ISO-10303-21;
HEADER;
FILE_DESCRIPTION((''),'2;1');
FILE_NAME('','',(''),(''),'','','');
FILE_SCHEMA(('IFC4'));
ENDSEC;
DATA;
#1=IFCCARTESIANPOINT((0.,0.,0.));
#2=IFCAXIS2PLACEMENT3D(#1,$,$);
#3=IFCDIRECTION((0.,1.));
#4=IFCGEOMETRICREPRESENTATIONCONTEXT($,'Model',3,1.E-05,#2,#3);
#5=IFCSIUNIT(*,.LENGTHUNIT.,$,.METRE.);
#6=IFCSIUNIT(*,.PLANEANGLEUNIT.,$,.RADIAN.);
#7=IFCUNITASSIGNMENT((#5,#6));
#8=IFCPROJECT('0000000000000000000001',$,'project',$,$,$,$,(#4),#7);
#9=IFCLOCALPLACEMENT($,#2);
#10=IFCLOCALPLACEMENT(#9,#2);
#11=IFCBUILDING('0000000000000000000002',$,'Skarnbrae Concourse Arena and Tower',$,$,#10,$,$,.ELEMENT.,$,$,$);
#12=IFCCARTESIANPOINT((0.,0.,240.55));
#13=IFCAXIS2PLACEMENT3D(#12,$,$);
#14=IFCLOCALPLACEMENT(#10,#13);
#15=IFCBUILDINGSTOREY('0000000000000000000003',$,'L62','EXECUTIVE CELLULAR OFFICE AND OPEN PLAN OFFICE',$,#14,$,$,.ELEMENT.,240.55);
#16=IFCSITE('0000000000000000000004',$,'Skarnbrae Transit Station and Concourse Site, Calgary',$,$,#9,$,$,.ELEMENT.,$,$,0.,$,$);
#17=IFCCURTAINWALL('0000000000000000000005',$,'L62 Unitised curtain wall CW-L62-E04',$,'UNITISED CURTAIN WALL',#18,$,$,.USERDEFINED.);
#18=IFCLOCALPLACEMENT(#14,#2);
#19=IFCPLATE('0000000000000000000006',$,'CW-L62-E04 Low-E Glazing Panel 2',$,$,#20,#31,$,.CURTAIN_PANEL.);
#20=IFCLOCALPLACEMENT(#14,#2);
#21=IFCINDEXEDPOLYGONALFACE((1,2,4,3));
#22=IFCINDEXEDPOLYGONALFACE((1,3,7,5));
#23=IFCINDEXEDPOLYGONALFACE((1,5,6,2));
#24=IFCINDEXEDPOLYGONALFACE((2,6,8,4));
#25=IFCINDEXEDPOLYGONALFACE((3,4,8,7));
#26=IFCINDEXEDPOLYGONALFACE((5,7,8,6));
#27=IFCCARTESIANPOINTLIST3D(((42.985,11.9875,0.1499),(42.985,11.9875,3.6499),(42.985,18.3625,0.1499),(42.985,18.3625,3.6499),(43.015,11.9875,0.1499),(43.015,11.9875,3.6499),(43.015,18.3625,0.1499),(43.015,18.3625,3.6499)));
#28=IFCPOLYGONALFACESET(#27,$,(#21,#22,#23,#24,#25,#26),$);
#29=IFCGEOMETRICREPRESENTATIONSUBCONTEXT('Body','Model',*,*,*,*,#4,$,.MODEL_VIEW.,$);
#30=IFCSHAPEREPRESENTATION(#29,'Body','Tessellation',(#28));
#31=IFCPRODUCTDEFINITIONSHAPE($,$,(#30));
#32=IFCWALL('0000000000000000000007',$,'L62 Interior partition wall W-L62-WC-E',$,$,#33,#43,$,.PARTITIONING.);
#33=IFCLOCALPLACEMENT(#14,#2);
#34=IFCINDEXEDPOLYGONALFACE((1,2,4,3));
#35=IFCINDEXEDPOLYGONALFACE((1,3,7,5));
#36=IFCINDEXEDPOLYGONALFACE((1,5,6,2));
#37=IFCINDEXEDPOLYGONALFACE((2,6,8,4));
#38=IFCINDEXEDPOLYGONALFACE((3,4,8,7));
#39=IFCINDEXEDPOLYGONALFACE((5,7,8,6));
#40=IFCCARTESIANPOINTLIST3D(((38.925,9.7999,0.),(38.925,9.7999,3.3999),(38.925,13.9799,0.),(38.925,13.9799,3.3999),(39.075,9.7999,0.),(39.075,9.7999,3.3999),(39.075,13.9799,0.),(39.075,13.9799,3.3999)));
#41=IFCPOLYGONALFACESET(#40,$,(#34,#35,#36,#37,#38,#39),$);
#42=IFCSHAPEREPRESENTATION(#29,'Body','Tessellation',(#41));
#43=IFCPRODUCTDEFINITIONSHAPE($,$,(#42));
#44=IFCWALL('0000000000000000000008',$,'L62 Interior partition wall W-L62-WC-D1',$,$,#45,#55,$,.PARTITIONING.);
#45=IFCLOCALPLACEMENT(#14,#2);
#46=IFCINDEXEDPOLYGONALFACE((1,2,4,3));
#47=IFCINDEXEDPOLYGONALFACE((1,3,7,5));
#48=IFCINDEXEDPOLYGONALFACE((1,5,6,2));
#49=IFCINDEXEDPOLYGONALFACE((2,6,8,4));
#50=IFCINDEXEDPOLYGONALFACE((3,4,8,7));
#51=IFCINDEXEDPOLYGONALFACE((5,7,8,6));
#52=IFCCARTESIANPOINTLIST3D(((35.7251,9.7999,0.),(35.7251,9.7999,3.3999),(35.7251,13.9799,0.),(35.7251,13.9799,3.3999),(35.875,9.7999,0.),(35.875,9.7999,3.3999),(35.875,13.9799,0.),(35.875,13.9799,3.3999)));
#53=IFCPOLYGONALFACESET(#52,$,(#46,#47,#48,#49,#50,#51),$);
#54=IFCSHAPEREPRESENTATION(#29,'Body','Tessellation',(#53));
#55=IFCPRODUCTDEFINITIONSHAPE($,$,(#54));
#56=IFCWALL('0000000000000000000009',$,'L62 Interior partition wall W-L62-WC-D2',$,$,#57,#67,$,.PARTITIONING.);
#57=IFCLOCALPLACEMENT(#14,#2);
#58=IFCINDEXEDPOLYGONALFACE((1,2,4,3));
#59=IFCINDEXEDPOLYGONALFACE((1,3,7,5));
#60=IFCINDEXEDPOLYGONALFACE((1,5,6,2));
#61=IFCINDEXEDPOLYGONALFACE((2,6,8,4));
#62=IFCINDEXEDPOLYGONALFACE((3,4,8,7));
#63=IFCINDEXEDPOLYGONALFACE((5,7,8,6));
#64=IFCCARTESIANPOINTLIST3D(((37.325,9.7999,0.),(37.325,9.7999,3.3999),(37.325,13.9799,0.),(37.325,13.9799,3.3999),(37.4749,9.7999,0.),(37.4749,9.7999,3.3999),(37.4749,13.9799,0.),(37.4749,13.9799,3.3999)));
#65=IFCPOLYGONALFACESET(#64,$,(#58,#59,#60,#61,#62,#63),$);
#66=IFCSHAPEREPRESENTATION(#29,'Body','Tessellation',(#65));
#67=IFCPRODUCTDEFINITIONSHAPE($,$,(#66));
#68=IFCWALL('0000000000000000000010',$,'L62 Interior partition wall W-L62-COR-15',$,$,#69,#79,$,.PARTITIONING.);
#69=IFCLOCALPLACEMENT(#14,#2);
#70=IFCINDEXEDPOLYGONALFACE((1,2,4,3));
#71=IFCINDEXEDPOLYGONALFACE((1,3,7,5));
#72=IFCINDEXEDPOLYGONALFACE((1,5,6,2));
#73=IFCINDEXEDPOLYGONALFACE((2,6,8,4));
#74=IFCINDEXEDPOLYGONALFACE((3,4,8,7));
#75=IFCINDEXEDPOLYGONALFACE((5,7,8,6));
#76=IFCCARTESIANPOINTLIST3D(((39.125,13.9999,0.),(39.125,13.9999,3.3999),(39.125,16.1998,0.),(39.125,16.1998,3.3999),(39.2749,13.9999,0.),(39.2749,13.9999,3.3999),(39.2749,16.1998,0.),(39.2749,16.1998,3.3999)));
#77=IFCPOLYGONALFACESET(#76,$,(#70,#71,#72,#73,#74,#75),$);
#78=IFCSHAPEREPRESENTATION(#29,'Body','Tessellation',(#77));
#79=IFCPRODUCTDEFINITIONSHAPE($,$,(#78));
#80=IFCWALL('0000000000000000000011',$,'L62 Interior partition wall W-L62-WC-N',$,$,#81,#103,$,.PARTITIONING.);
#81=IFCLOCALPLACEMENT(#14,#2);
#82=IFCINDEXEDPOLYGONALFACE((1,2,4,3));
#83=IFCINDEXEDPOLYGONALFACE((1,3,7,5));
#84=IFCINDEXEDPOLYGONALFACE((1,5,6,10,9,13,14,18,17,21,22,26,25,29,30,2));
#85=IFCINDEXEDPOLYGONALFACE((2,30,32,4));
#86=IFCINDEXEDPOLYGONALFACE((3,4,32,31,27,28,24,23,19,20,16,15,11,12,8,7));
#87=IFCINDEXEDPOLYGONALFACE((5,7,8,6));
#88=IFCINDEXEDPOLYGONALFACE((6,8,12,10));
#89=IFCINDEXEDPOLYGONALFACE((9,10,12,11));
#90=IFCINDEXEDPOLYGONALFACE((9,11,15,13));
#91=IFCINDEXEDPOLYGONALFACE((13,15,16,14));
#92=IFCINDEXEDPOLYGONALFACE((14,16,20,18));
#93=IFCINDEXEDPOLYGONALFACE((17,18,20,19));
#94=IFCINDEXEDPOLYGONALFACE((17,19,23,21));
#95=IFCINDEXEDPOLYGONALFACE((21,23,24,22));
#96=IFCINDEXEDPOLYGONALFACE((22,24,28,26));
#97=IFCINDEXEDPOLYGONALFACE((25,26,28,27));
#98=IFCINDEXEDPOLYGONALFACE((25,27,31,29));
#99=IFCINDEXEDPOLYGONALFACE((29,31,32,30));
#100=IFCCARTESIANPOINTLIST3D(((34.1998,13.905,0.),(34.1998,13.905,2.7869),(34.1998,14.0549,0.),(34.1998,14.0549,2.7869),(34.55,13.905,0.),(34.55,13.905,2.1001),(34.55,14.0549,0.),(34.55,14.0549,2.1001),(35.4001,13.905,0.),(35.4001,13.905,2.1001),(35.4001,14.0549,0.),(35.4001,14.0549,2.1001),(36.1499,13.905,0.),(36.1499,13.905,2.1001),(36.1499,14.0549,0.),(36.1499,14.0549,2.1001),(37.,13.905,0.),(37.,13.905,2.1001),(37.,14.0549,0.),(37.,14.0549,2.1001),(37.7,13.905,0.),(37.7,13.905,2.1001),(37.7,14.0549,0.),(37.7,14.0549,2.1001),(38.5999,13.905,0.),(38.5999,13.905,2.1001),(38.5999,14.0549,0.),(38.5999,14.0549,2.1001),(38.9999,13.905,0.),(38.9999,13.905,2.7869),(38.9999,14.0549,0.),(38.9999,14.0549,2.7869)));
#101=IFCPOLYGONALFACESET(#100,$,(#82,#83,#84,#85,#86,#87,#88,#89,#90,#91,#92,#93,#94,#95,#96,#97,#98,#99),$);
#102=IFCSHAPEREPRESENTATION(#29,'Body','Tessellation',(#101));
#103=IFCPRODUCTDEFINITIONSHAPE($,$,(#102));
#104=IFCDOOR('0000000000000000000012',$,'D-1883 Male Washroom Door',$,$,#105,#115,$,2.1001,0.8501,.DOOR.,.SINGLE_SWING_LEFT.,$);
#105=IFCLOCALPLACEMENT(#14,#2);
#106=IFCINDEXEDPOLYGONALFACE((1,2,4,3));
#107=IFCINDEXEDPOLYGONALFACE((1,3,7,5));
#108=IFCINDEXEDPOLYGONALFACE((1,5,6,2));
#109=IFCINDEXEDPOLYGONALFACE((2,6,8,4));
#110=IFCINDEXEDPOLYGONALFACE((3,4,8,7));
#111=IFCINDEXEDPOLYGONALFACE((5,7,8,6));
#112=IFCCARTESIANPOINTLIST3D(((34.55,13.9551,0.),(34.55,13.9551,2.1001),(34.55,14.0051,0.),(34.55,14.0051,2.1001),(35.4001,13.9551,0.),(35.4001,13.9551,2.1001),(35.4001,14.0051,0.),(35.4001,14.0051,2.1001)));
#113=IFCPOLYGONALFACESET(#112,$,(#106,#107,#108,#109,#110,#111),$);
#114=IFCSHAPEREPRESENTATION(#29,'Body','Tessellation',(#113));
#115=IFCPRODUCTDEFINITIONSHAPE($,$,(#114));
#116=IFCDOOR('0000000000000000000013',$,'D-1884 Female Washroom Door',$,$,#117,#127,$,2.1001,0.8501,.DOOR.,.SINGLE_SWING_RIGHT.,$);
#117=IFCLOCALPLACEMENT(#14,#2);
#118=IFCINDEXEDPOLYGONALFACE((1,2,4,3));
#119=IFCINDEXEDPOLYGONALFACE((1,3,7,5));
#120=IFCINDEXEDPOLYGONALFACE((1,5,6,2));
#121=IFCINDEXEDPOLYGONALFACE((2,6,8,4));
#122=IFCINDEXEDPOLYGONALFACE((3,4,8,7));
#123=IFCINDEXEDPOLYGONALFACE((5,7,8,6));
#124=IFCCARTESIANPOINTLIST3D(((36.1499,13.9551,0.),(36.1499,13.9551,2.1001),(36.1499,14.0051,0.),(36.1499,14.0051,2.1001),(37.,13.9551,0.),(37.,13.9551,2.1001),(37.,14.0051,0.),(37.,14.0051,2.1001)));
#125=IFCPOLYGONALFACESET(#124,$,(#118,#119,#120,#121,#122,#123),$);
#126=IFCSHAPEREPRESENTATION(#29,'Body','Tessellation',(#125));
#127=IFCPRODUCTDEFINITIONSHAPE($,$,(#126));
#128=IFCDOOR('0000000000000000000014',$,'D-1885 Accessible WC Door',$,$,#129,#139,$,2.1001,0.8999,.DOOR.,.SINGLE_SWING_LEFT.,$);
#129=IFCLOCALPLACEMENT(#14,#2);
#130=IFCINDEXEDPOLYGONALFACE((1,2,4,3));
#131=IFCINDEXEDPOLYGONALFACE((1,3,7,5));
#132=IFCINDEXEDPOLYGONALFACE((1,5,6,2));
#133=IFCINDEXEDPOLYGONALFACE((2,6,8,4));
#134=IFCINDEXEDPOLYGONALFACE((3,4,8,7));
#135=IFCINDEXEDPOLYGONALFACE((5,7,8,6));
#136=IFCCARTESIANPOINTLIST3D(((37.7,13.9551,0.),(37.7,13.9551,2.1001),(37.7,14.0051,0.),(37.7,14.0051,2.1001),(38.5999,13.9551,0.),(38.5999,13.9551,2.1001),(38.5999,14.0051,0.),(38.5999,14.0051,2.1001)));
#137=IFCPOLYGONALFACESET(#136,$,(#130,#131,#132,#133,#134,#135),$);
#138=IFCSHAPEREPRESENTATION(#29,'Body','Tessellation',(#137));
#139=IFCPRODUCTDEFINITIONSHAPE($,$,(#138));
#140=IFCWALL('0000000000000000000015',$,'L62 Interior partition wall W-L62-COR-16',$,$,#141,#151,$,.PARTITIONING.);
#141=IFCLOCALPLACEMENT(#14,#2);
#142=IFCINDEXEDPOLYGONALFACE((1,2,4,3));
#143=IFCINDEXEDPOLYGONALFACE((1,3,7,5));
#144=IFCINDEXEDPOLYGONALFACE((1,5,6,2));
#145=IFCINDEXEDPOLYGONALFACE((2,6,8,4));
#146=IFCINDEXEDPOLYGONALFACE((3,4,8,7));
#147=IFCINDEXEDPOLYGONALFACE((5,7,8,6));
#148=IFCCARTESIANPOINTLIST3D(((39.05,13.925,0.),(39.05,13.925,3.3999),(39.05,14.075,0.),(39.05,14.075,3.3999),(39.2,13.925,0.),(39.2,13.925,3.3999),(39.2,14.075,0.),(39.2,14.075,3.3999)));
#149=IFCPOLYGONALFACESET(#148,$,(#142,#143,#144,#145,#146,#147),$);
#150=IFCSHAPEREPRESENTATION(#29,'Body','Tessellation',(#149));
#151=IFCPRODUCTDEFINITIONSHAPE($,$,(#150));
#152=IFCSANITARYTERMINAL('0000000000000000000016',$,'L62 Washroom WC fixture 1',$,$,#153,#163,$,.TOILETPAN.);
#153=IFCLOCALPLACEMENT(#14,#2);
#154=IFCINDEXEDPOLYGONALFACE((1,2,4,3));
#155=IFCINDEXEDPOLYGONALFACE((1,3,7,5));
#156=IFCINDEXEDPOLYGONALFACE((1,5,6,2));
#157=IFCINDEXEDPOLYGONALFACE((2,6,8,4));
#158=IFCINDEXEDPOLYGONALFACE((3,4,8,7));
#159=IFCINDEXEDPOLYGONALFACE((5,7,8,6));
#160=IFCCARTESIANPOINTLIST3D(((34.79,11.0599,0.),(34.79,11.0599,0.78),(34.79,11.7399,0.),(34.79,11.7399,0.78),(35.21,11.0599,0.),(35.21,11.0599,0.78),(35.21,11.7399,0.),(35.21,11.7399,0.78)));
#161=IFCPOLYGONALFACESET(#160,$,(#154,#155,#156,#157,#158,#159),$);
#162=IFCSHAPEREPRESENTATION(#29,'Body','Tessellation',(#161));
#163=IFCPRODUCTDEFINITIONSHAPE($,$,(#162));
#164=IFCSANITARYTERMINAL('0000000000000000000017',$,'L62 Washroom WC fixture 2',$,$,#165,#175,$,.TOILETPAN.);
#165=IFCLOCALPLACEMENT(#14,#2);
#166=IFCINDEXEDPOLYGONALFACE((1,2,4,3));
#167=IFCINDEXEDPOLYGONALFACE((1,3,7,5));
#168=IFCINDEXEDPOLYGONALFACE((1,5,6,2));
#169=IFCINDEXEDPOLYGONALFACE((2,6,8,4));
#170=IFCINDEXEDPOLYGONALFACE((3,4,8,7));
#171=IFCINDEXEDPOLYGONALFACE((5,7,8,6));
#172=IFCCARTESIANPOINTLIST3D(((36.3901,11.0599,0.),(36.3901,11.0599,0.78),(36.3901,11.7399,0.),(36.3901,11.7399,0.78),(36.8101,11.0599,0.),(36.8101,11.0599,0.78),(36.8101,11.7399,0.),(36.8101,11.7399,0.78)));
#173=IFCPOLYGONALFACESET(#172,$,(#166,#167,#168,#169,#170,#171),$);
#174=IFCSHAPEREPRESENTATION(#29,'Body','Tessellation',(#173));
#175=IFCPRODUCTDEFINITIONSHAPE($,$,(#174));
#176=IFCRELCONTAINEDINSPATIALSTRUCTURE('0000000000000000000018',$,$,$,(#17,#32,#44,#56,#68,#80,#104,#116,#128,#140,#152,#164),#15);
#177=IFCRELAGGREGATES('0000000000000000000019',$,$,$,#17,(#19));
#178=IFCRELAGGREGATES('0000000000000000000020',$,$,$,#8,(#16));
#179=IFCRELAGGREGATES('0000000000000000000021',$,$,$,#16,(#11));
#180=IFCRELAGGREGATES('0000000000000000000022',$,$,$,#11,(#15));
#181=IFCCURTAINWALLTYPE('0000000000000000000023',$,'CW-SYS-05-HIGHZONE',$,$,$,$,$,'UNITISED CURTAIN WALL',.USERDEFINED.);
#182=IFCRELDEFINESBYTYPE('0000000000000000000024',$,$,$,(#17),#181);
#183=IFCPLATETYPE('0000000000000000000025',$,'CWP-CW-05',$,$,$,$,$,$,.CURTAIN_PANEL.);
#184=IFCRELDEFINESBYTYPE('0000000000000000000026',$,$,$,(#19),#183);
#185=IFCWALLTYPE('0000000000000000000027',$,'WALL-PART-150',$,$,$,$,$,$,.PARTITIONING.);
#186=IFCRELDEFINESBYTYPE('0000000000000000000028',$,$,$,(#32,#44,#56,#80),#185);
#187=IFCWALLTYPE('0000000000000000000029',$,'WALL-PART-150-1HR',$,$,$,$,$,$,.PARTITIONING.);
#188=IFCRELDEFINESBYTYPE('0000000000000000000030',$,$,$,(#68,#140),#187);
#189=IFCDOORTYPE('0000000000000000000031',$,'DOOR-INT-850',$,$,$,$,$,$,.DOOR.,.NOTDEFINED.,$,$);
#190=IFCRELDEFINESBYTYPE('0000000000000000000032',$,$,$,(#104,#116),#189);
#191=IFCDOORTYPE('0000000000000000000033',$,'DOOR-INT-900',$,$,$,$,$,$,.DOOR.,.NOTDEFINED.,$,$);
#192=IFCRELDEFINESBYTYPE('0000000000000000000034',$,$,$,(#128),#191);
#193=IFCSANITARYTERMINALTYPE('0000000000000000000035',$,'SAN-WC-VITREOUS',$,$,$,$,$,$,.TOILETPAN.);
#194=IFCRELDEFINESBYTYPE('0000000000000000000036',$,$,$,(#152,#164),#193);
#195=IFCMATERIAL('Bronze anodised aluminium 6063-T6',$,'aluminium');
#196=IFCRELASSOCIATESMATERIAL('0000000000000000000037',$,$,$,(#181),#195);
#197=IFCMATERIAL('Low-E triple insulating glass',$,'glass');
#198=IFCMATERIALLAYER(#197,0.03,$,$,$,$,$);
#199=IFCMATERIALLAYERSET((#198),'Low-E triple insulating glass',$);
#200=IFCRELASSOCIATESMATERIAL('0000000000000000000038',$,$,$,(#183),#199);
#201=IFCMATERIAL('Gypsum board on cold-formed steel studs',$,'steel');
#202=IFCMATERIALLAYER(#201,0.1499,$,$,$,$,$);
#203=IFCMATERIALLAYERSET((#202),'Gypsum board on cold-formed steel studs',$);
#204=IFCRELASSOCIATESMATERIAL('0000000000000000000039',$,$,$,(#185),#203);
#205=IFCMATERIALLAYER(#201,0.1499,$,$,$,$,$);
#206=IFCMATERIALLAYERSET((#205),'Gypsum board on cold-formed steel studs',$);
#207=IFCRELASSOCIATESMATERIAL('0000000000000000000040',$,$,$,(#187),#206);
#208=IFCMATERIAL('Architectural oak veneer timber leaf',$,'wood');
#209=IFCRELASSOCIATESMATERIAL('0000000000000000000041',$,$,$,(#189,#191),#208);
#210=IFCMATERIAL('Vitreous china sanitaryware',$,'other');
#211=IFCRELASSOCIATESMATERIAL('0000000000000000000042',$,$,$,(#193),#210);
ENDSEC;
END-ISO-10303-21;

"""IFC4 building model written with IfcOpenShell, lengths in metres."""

from ifc_helpers import new_model, si_unit, direction, frame, frame_2d, origin, origin_2d, place, context, subcontext, project, spatial, rectangle, extrude, source, transform, mapped, material, layer, layer_set, type_object, element, fill, aggregate, save


model = new_model("IFC4")

# Units and contexts
model_context = context("Model", 3, precision=1e-05, world=origin(), true_north=direction((0.0, 1.0)))
body_context = subcontext(model_context, "Body", "Model", "MODEL_VIEW")
ifc_project = project(units=[si_unit("LENGTHUNIT", "METRE"), si_unit("PLANEANGLEUNIT", "RADIAN")], contexts=[model_context])

# Site, building, storey
site_placement = place(None, origin())
site = spatial("IfcSite", under=ifc_project, at=site_placement, Name="Skarnbrae Transit Station and Concourse Site, Calgary", CompositionType="ELEMENT", RefElevation=0.0)
building_placement = place(site_placement, origin())
building = spatial("IfcBuilding", under=site, at=building_placement, Name="Skarnbrae Concourse Arena and Tower", CompositionType="ELEMENT")
storey_placement = place(building_placement, frame((0.0, 0.0, 240.55)))
storey = spatial("IfcBuildingStorey", under=building, at=storey_placement, Name="L62", Description="EXECUTIVE CELLULAR OFFICE AND OPEN PLAN OFFICE", CompositionType="ELEMENT", Elevation=240.55)

# Curtain wall, plate
ifc_material_1 = material(Name="Bronze anodised aluminium 6063-T6", Category="aluminium")
curtain_wall_type = type_object("IfcCurtainWallType", Name="CW-SYS-05-HIGHZONE", ElementType="UNITISED CURTAIN WALL", PredefinedType="USERDEFINED", material=ifc_material_1)
curtain_wall_placement = place(storey_placement, origin())
curtain_wall = element("IfcCurtainWall", 1, at=curtain_wall_placement, inside=storey, type_object=curtain_wall_type, Name="L62 Unitised curtain wall CW-L62-E04", ObjectType="UNITISED CURTAIN WALL", PredefinedType="USERDEFINED")
ifc_material_2 = material(Name="Low-E triple insulating glass", Category="glass")
ifc_layer_1 = layer(ifc_material_2, 0.03)
ifc_layer_set_1 = layer_set([ifc_layer_1], Name="Low-E triple insulating glass")
plate_type = type_object("IfcPlateType", Name="CWP-CW-05", PredefinedType="CURTAIN_PANEL", material=ifc_layer_set_1)
shared_shape_1 = source(origin(), body_context, "Body", "SweptSolid", [
    extrude(rectangle(XDim=6.375, YDim=0.03, at=origin_2d()), origin(), (0.0, 0.0, 1.0), 3.5),
])
plate_placement = place(storey_placement, frame((43.0, 15.175, 0.1499), z_axis=(0.0, 0.0, 1.0), x_axis=(0.0, 1.0, 0.0)))
plate = element("IfcPlate", 2, at=plate_placement, type_object=plate_type, Name="CW-L62-E04 Low-E Glazing Panel 2", PredefinedType="CURTAIN_PANEL", context=body_context, shape_type="MappedRepresentation", body=[
    mapped(shared_shape_1, transform((0.0, 0.0, 0.0))),
])
aggregate(curtain_wall, [plate])

# Walls
ifc_material_3 = material(Name="Gypsum board on cold-formed steel studs", Category="steel")
ifc_layer_2 = layer(ifc_material_3, 0.1499)
ifc_layer_set_2 = layer_set([ifc_layer_2], Name="Gypsum board on cold-formed steel studs")
wall_type_1 = type_object("IfcWallType", Name="WALL-PART-150", PredefinedType="PARTITIONING", material=ifc_layer_set_2)
shared_shape_2 = source(origin(), body_context, "Body", "SweptSolid", [
    extrude(rectangle(XDim=4.1799, YDim=0.1499, at=frame_2d((2.0898, 0.0))), origin(), (0.0, 0.0, 1.0), 3.3999),
])
for number, where, z_axis, x_axis, name in (
    (3, (39.0, 9.8, 0.0), (0.0, 0.0, 1.0), (0.0, 1.0, 0.0), "L62 Interior partition wall W-L62-WC-E"),
    (4, (35.8, 9.8, 0.0), (0.0, 0.0, 1.0), (0.0, 1.0, 0.0), "L62 Interior partition wall W-L62-WC-D1"),
    (5, (37.3999, 9.8, 0.0), (0.0, 0.0, 1.0), (0.0, 1.0, 0.0), "L62 Interior partition wall W-L62-WC-D2"),
):
    element("IfcWall", number, at=place(storey_placement, frame(where, z_axis=z_axis, x_axis=x_axis)), inside=storey, type_object=wall_type_1, Name=name, PredefinedType="PARTITIONING", context=body_context, shape_type="MappedRepresentation", body=[
        mapped(shared_shape_2, transform((0.0, 0.0, 0.0))),
    ])
ifc_layer_3 = layer(ifc_material_3, 0.1499)
ifc_layer_set_3 = layer_set([ifc_layer_3], Name="Gypsum board on cold-formed steel studs")
wall_type_2 = type_object("IfcWallType", Name="WALL-PART-150-1HR", PredefinedType="PARTITIONING", material=ifc_layer_set_3)
shared_shape_3 = source(origin(), body_context, "Body", "SweptSolid", [
    extrude(rectangle(XDim=2.2, YDim=0.1499, at=frame_2d((1.1001, 0.0))), origin(), (0.0, 0.0, 1.0), 3.3999),
])
wall_1_placement = place(storey_placement, frame((39.2, 16.2, 0.0), z_axis=(0.0, 0.0, 1.0), x_axis=(0.0, -1.0, 0.0)))
element("IfcWall", 6, at=wall_1_placement, inside=storey, type_object=wall_type_2, Name="L62 Interior partition wall W-L62-COR-15", PredefinedType="PARTITIONING", context=body_context, shape_type="MappedRepresentation", body=[
    mapped(shared_shape_3, transform((0.0, 0.0, 0.0))),
])

# Wall, openings, doors
shared_shape_4 = source(origin(), body_context, "Body", "SweptSolid", [
    extrude(rectangle(XDim=4.8, YDim=0.1499, at=frame_2d((2.3999, 0.0))), origin(), (0.0, 0.0, 1.0), 2.7869),
])
wall_2_placement = place(storey_placement, frame((34.2, 13.98, 0.0), z_axis=(0.0, 0.0, 1.0), x_axis=(1.0, 0.0, 0.0)))
wall_2 = element("IfcWall", 7, at=wall_2_placement, inside=storey, type_object=wall_type_1, Name="L62 Interior partition wall W-L62-WC-N", PredefinedType="PARTITIONING", context=body_context, shape_type="MappedRepresentation", body=[
    mapped(shared_shape_4, transform((0.0, 0.0, 0.0))),
])
opening_1_placement = place(wall_2_placement, frame((0.3501, 0.0, 0.0)))
opening_1 = element("IfcOpeningElement", 8, at=opening_1_placement, cuts=wall_2, PredefinedType="OPENING", context=body_context, shape_type="SweptSolid", body=[
    extrude(rectangle(XDim=0.8501, YDim=2.1001, at=frame_2d((0.425, 1.05))), frame((0.0, 0.085, 0.0), z_axis=(0.0, -1.0, 0.0), x_axis=(1.0, 0.0, 0.0)), (0.0, 0.0, 1.0), 0.1699),
])
opening_2_placement = place(wall_2_placement, frame((1.95, 0.0, 0.0)))
opening_2 = element("IfcOpeningElement", 9, at=opening_2_placement, cuts=wall_2, PredefinedType="OPENING", context=body_context, shape_type="SweptSolid", body=[
    extrude(rectangle(XDim=0.8501, YDim=2.1001, at=frame_2d((0.425, 1.05))), frame((0.0, 0.085, 0.0), z_axis=(0.0, -1.0, 0.0), x_axis=(1.0, 0.0, 0.0)), (0.0, 0.0, 1.0), 0.1699),
])
opening_3_placement = place(wall_2_placement, frame((3.5, 0.0, 0.0)))
opening_3 = element("IfcOpeningElement", 10, at=opening_3_placement, cuts=wall_2, PredefinedType="OPENING", context=body_context, shape_type="SweptSolid", body=[
    extrude(rectangle(XDim=0.8999, YDim=2.1001, at=frame_2d((0.45, 1.05))), frame((0.0, 0.085, 0.0), z_axis=(0.0, -1.0, 0.0), x_axis=(1.0, 0.0, 0.0)), (0.0, 0.0, 1.0), 0.1699),
])
ifc_material_4 = material(Name="Architectural oak veneer timber leaf", Category="wood")
door_type_1 = type_object("IfcDoorType", Name="DOOR-INT-850", OperationType="NOTDEFINED", PredefinedType="DOOR", material=ifc_material_4)
shared_shape_5 = source(origin(), body_context, "Body", "SweptSolid", [
    extrude(rectangle(XDim=0.8501, YDim=2.1001, at=frame_2d((0.425, 1.05))), frame((0.0, 0.0249, 0.0), z_axis=(0.0, -1.0, 0.0), x_axis=(1.0, 0.0, 0.0)), (0.0, 0.0, 1.0), 0.05),
])
door_1_placement = place(opening_1_placement, frame((0.8501, 0.0, 0.0), z_axis=(0.0, 0.0, 1.0), x_axis=(-1.0, 0.0, 0.0)))
door_1 = element("IfcDoor", 11, at=door_1_placement, inside=storey, type_object=door_type_1, Name="D-1883 Male Washroom Door", OperationType="SINGLE_SWING_LEFT", OverallHeight=2.1001, OverallWidth=0.8501, PredefinedType="DOOR", context=body_context, shape_type="MappedRepresentation", body=[
    mapped(shared_shape_5, transform((0.0, 0.0, 0.0))),
])
fill(opening_1, door_1)
door_2_placement = place(opening_2_placement, frame((0.8501, 0.0, 0.0), z_axis=(0.0, 0.0, 1.0), x_axis=(-1.0, 0.0, 0.0)))
door_2 = element("IfcDoor", 12, at=door_2_placement, inside=storey, type_object=door_type_1, Name="D-1884 Female Washroom Door", OperationType="SINGLE_SWING_RIGHT", OverallHeight=2.1001, OverallWidth=0.8501, PredefinedType="DOOR", context=body_context, shape_type="MappedRepresentation", body=[
    mapped(shared_shape_5, transform((0.0, 0.0, 0.0))),
])
fill(opening_2, door_2)
door_type_2 = type_object("IfcDoorType", Name="DOOR-INT-900", OperationType="NOTDEFINED", PredefinedType="DOOR", material=ifc_material_4)
shared_shape_6 = source(origin(), body_context, "Body", "SweptSolid", [
    extrude(rectangle(XDim=0.8999, YDim=2.1001, at=frame_2d((0.45, 1.05))), frame((0.0, 0.0249, 0.0), z_axis=(0.0, -1.0, 0.0), x_axis=(1.0, 0.0, 0.0)), (0.0, 0.0, 1.0), 0.05),
])
door_3_placement = place(opening_3_placement, frame((0.8999, 0.0, 0.0), z_axis=(0.0, 0.0, 1.0), x_axis=(-1.0, 0.0, 0.0)))
door_3 = element("IfcDoor", 13, at=door_3_placement, inside=storey, type_object=door_type_2, Name="D-1885 Accessible WC Door", OperationType="SINGLE_SWING_LEFT", OverallHeight=2.1001, OverallWidth=0.8999, PredefinedType="DOOR", context=body_context, shape_type="MappedRepresentation", body=[
    mapped(shared_shape_6, transform((0.0, 0.0, 0.0))),
])
fill(opening_3, door_3)

# Wall
shared_shape_7 = source(origin(), body_context, "Body", "SweptSolid", [
    extrude(rectangle(XDim=0.1499, YDim=0.1499, at=frame_2d((0.075, 0.0))), origin(), (0.0, 0.0, 1.0), 3.3999),
])
wall_3_placement = place(storey_placement, frame((39.2, 14.0, 0.0), z_axis=(0.0, 0.0, 1.0), x_axis=(-1.0, 0.0, 0.0)))
element("IfcWall", 14, at=wall_3_placement, inside=storey, type_object=wall_type_2, Name="L62 Interior partition wall W-L62-COR-16", PredefinedType="PARTITIONING", context=body_context, shape_type="MappedRepresentation", body=[
    mapped(shared_shape_7, transform((0.0, 0.0, 0.0))),
])

# Sanitary terminals
ifc_material_5 = material(Name="Vitreous china sanitaryware", Category="other")
sanitary_terminal_type = type_object("IfcSanitaryTerminalType", Name="SAN-WC-VITREOUS", PredefinedType="TOILETPAN", material=ifc_material_5)
shared_shape_8 = source(origin(), body_context, "Body", "SweptSolid", [
    extrude(rectangle(XDim=0.4199, YDim=0.6799, at=origin_2d()), origin(), (0.0, 0.0, 1.0), 0.78),
])
for number, where, z_axis, x_axis, name in (
    (15, (35.0, 11.3999, 0.0), (0.0, 0.0, 1.0), (1.0, 0.0, 0.0), "L62 Washroom WC fixture 1"),
    (16, (36.6001, 11.3999, 0.0), (0.0, 0.0, 1.0), (1.0, 0.0, 0.0), "L62 Washroom WC fixture 2"),
):
    element("IfcSanitaryTerminal", number, at=place(storey_placement, frame(where, z_axis=z_axis, x_axis=x_axis)), inside=storey, type_object=sanitary_terminal_type, Name=name, PredefinedType="TOILETPAN", context=body_context, shape_type="MappedRepresentation", body=[
        mapped(shared_shape_8, transform((0.0, 0.0, 0.0))),
    ])

save(model, "model.ifc")
